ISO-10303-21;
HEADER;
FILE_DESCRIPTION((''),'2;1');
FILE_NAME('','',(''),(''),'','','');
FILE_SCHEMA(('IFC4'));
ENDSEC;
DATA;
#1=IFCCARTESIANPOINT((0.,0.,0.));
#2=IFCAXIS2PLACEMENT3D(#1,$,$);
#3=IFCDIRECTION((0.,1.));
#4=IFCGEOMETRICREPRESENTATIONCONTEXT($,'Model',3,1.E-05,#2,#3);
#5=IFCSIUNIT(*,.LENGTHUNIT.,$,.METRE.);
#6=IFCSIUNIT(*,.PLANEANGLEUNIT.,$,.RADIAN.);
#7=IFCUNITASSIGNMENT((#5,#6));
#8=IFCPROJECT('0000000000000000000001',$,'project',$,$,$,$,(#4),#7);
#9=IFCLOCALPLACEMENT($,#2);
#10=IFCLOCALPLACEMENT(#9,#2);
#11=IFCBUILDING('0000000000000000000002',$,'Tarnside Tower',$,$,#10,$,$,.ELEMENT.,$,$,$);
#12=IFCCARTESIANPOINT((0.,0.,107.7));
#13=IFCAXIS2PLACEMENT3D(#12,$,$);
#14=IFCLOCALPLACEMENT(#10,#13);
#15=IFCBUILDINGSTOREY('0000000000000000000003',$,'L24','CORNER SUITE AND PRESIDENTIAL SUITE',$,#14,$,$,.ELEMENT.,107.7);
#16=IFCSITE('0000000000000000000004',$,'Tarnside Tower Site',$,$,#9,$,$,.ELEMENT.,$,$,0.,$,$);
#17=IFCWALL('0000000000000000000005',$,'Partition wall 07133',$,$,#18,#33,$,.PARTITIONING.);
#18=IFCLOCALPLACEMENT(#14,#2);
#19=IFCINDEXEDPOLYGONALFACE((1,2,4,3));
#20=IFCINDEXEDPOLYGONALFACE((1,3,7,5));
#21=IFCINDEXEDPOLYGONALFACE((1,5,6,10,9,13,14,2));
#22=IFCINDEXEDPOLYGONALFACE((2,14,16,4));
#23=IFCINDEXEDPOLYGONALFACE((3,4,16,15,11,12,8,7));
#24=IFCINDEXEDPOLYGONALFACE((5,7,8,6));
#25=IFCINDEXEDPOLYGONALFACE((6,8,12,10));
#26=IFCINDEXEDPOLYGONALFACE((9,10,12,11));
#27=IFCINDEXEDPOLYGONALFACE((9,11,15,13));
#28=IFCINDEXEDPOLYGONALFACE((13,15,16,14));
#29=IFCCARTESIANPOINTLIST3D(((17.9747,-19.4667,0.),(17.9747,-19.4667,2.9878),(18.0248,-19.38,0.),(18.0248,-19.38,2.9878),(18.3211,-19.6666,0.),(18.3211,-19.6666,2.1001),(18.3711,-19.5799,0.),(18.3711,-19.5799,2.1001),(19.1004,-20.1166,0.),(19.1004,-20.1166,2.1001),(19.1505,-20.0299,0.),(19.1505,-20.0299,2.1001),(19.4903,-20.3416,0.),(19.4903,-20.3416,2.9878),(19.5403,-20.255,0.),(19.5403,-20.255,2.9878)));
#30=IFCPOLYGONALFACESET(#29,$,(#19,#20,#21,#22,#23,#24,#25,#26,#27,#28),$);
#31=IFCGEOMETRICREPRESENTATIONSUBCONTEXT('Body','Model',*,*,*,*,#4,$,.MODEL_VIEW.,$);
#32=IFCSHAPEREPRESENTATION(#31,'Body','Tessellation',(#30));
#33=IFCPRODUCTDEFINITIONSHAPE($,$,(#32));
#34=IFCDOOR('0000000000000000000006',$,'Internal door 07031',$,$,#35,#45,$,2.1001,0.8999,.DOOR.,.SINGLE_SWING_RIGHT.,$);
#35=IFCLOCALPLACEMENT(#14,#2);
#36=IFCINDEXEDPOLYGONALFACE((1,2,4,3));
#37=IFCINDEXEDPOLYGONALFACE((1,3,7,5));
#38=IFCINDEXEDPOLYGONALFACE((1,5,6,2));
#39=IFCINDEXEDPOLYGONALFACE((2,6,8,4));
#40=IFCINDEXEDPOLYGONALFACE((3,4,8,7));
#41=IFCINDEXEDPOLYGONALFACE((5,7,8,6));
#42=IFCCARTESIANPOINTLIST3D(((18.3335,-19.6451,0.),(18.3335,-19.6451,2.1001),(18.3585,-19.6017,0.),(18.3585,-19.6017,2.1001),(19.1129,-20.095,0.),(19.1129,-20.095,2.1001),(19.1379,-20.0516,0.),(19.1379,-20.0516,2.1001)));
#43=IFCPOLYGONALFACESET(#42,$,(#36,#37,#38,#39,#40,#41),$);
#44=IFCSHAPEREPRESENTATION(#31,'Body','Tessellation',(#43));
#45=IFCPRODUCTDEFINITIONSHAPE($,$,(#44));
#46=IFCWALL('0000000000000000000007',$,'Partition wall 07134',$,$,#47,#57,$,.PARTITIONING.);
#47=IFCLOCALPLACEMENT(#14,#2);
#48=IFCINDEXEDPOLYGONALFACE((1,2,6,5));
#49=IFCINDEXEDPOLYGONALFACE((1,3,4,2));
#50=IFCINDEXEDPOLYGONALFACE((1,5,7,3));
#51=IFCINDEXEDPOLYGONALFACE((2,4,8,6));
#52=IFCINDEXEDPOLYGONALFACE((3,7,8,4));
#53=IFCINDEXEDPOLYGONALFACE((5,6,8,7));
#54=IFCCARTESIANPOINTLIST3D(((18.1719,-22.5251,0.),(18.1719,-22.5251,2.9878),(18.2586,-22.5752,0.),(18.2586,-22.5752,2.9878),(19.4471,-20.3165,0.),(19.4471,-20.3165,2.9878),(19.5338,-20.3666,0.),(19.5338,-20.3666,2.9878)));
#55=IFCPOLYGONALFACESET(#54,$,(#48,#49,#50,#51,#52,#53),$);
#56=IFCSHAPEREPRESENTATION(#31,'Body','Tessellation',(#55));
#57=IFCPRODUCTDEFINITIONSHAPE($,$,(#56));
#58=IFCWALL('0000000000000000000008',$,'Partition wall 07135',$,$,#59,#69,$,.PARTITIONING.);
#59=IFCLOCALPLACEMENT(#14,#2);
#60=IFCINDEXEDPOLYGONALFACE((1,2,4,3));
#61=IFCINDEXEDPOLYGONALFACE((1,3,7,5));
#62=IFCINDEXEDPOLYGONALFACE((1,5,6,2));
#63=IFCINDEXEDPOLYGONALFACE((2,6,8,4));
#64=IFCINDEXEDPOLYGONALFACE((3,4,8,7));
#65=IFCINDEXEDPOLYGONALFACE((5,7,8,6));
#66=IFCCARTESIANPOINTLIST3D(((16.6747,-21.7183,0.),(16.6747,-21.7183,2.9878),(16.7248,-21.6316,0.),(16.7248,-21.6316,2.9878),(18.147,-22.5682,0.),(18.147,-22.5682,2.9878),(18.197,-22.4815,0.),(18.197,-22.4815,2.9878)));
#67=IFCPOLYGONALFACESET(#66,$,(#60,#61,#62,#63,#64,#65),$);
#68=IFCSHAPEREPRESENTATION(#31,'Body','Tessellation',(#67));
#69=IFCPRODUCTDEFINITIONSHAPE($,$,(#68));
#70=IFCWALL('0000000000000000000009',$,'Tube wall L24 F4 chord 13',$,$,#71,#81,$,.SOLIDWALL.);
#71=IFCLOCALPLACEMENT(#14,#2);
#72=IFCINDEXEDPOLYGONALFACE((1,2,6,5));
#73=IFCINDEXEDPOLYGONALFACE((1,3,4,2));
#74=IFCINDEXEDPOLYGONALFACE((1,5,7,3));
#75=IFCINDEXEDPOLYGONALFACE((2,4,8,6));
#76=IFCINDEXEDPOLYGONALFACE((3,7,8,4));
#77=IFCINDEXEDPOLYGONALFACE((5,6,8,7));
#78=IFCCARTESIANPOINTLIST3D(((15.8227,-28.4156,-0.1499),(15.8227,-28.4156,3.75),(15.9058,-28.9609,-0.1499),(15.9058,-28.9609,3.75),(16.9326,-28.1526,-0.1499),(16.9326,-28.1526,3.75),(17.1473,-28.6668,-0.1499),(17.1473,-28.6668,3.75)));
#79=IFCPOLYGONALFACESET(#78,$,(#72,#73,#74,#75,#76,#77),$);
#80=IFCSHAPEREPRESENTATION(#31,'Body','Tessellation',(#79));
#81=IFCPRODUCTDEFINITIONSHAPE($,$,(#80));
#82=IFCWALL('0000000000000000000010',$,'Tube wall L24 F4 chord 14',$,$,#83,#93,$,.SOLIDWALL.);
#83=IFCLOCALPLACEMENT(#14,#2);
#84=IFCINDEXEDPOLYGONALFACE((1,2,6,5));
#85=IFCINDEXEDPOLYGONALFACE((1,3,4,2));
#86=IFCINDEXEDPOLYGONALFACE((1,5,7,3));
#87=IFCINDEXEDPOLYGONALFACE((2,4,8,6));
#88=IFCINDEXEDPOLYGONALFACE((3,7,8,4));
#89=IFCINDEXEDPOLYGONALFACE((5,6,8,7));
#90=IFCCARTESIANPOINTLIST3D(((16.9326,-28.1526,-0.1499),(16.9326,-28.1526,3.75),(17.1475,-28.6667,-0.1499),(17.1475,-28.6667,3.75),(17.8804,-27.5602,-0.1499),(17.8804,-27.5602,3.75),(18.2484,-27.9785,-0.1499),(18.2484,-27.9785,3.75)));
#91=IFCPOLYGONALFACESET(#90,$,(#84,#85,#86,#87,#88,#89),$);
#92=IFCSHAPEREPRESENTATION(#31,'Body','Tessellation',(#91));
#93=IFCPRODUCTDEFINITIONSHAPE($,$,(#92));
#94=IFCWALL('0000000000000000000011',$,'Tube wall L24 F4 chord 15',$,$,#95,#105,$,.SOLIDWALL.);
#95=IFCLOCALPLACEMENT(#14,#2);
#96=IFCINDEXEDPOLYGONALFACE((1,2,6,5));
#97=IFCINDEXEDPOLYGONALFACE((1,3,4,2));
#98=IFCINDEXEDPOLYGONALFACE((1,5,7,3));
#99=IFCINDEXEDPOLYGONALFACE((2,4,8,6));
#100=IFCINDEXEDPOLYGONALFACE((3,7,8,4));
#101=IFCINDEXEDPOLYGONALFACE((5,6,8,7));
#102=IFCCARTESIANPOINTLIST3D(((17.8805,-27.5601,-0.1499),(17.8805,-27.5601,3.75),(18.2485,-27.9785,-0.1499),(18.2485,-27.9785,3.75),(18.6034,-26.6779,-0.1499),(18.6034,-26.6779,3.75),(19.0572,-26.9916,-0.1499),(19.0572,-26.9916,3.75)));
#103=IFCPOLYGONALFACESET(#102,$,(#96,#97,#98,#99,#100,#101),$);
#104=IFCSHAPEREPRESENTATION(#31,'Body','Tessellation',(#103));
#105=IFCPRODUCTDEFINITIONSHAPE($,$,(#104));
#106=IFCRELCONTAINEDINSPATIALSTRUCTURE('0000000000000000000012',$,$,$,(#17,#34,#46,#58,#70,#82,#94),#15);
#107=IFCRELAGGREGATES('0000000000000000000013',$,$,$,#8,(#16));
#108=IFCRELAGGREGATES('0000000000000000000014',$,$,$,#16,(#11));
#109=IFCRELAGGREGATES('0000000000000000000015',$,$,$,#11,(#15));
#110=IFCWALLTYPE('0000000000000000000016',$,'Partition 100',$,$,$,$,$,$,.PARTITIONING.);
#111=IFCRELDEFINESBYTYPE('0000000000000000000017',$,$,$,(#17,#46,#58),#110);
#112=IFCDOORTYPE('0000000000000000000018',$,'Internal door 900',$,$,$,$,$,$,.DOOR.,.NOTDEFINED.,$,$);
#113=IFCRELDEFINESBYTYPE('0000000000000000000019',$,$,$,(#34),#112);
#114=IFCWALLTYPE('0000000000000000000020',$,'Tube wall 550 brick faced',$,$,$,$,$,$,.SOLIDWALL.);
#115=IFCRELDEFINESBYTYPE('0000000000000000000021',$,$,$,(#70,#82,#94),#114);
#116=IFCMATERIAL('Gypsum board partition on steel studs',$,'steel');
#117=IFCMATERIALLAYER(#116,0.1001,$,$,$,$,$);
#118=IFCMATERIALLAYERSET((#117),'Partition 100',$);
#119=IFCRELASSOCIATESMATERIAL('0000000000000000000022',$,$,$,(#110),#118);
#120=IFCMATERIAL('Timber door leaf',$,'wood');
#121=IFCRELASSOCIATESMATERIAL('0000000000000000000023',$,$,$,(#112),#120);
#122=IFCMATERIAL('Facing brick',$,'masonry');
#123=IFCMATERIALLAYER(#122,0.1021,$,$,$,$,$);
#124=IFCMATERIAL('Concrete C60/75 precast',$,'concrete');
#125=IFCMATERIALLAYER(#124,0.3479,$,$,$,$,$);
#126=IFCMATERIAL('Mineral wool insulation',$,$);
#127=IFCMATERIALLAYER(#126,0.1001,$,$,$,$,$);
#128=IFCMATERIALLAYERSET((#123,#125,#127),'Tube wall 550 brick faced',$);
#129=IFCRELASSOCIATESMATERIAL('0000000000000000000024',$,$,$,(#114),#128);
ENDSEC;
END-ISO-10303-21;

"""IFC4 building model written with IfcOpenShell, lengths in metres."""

from ifc_helpers import new_model, si_unit, direction, frame, frame_2d, origin, place, context, subcontext, project, spatial, polyline, rectangle, outline, extrude, material, layer, layer_set, type_object, element, fill, save


model = new_model("IFC4")

# Units and contexts
model_context = context("Model", 3, precision=1e-05, world=origin(), true_north=direction((0.0, 1.0)))
body_context = subcontext(model_context, "Body", "Model", "MODEL_VIEW")
ifc_project = project(units=[si_unit("LENGTHUNIT", "METRE"), si_unit("PLANEANGLEUNIT", "RADIAN")], contexts=[model_context])

# Site, building, storey
site_placement = place(None, origin())
site = spatial("IfcSite", under=ifc_project, at=site_placement, Name="Tarnside Tower Site", CompositionType="ELEMENT", RefElevation=0.0)
building_placement = place(site_placement, origin())
building = spatial("IfcBuilding", under=site, at=building_placement, Name="Tarnside Tower", CompositionType="ELEMENT")
storey_placement = place(building_placement, frame((0.0, 0.0, 107.7)))
storey = spatial("IfcBuildingStorey", under=building, at=storey_placement, Name="L24", Description="CORNER SUITE AND PRESIDENTIAL SUITE", CompositionType="ELEMENT", Elevation=107.7)

# Shared definitions
ifc_material_1 = material(Name="Gypsum board partition on steel studs", Category="steel")

# Shared definitions
ifc_material_2 = material(Name="Timber door leaf", Category="wood")

# Wall, opening, door
ifc_layer_1 = layer(ifc_material_1, 0.1001)
ifc_layer_set_1 = layer_set([ifc_layer_1], Name="Partition 100")
wall_type_1 = type_object("IfcWallType", Name="Partition 100", PredefinedType="PARTITIONING", material=ifc_layer_set_1)
wall_1_placement = place(storey_placement, frame((17.9998, -19.4233, 0.0), z_axis=(0.0, 0.0, 1.0), x_axis=(0.866037, -0.49998, 0.0)))
wall_1 = element("IfcWall", 1, at=wall_1_placement, inside=storey, type_object=wall_type_1, Name="Partition wall 07133", PredefinedType="PARTITIONING", context=body_context, shape_type="SweptSolid", body=[
    extrude(rectangle(XDim=1.75, YDim=0.1001, at=frame_2d((0.875, 0.0))), origin(), (0.0, 0.0, 1.0), 2.9878),
])
opening_1_placement = place(wall_1_placement, frame((0.3999, 0.0, 0.0)))
opening_1 = element("IfcOpeningElement", 2, at=opening_1_placement, cuts=wall_1, PredefinedType="OPENING", context=body_context, shape_type="SweptSolid", body=[
    extrude(rectangle(XDim=0.8999, YDim=2.1001, at=frame_2d((0.45, 1.05))), frame((0.0, 0.0601, 0.0), z_axis=(0.0, -1.0, 0.0), x_axis=(1.0, 0.0, 0.0)), (0.0, 0.0, 1.0), 0.1201),
])
door_type_1 = type_object("IfcDoorType", Name="Internal door 900", OperationType="NOTDEFINED", PredefinedType="DOOR", material=ifc_material_2)
door_1_placement = place(opening_1_placement, origin())
door_1 = element("IfcDoor", 3, at=door_1_placement, inside=storey, type_object=door_type_1, Name="Internal door 07031", OperationType="SINGLE_SWING_RIGHT", OverallHeight=2.1001, OverallWidth=0.8999, PredefinedType="DOOR", context=body_context, shape_type="SweptSolid", body=[
    extrude(rectangle(XDim=0.8999, YDim=2.1001, at=frame_2d((0.45, 1.05))), frame((0.0, 0.0249, 0.0), z_axis=(0.0, -1.0, 0.0), x_axis=(1.0, 0.0, 0.0)), (0.0, 0.0, 1.0), 0.05),
])
fill(opening_1, door_1)

# Walls
wall_2_placement = place(storey_placement, frame((19.4905, -20.3416, 0.0), z_axis=(0.0, 0.0, 1.0), x_axis=(-0.500021, -0.866013, 0.0)))
element("IfcWall", 4, at=wall_2_placement, inside=storey, type_object=wall_type_1, Name="Partition wall 07134", PredefinedType="PARTITIONING", context=body_context, shape_type="SweptSolid", body=[
    extrude(rectangle(XDim=2.5503, YDim=0.1001, at=frame_2d((1.2751, 0.0))), origin(), (0.0, 0.0, 1.0), 2.9878),
])
wall_3_placement = place(storey_placement, frame((18.1721, -22.5249, 0.0), z_axis=(0.0, 0.0, 1.0), x_axis=(-0.866052, 0.499955, 0.0)))
element("IfcWall", 5, at=wall_3_placement, inside=storey, type_object=wall_type_1, Name="Partition wall 07135", PredefinedType="PARTITIONING", context=body_context, shape_type="SweptSolid", body=[
    extrude(rectangle(XDim=1.7, YDim=0.1001, at=frame_2d((0.8501, 0.0))), origin(), (0.0, 0.0, 1.0), 2.9878),
])
ifc_material_3 = material(Name="Facing brick", Category="masonry")
ifc_layer_2 = layer(ifc_material_3, 0.1021)
ifc_material_4 = material(Name="Concrete C60/75 precast", Category="concrete")
ifc_layer_3 = layer(ifc_material_4, 0.3479)
ifc_material_5 = material(Name="Mineral wool insulation")
ifc_layer_4 = layer(ifc_material_5, 0.1001)
ifc_layer_set_2 = layer_set([ifc_layer_2, ifc_layer_3, ifc_layer_4], Name="Tube wall 550 brick faced")
wall_type_2 = type_object("IfcWallType", Name="Tube wall 550 brick faced", PredefinedType="SOLIDWALL", material=ifc_layer_set_2)
wall_4_placement = place(storey_placement, frame((15.8643, -28.6882, -0.1499), z_axis=(0.0, 0.0, 1.0), x_axis=(0.973064, 0.230537, 0.0)))
element("IfcWall", 6, at=wall_4_placement, inside=storey, type_object=wall_type_2, Name="Tube wall L24 F4 chord 13", PredefinedType="SOLIDWALL", context=body_context, shape_type="SweptSolid", body=[
    extrude(outline(polyline([(-0.0225, -0.2749), (1.2534, -0.2749), (1.1631, 0.2749), (0.0225, 0.2749), (-0.0225, -0.2749)])), origin(), (0.0, 0.0, 1.0), 3.8999),
])
wall_5_placement = place(storey_placement, frame((17.04, -28.4097, -0.1499), z_axis=(0.0, 0.0, 1.0), x_axis=(0.847953, 0.530072, 0.0)))
element("IfcWall", 7, at=wall_5_placement, inside=storey, type_object=wall_type_2, Name="Tube wall L24 F4 chord 14", PredefinedType="SOLIDWALL", context=body_context, shape_type="SweptSolid", body=[
    extrude(outline(polyline([(-0.0452, -0.2749), (1.2532, -0.2749), (1.1628, 0.2749), (0.0452, 0.2749), (-0.0452, -0.2749)])), origin(), (0.0, 0.0, 1.0), 3.8999),
])
wall_6_placement = place(storey_placement, frame((18.0645, -27.7693, -0.1499), z_axis=(0.0, 0.0, 1.0), x_axis=(0.633843, 0.773462, 0.0)))
element("IfcWall", 8, at=wall_6_placement, inside=storey, type_object=wall_type_2, Name="Tube wall L24 F4 chord 15", PredefinedType="SOLIDWALL", context=body_context, shape_type="SweptSolid", body=[
    extrude(outline(polyline([(-0.0452, -0.2749), (1.2307, -0.2749), (1.1858, 0.2749), (0.0452, 0.2749), (-0.0452, -0.2749)])), origin(), (0.0, 0.0, 1.0), 3.8999),
])

save(model, "model.ifc")
